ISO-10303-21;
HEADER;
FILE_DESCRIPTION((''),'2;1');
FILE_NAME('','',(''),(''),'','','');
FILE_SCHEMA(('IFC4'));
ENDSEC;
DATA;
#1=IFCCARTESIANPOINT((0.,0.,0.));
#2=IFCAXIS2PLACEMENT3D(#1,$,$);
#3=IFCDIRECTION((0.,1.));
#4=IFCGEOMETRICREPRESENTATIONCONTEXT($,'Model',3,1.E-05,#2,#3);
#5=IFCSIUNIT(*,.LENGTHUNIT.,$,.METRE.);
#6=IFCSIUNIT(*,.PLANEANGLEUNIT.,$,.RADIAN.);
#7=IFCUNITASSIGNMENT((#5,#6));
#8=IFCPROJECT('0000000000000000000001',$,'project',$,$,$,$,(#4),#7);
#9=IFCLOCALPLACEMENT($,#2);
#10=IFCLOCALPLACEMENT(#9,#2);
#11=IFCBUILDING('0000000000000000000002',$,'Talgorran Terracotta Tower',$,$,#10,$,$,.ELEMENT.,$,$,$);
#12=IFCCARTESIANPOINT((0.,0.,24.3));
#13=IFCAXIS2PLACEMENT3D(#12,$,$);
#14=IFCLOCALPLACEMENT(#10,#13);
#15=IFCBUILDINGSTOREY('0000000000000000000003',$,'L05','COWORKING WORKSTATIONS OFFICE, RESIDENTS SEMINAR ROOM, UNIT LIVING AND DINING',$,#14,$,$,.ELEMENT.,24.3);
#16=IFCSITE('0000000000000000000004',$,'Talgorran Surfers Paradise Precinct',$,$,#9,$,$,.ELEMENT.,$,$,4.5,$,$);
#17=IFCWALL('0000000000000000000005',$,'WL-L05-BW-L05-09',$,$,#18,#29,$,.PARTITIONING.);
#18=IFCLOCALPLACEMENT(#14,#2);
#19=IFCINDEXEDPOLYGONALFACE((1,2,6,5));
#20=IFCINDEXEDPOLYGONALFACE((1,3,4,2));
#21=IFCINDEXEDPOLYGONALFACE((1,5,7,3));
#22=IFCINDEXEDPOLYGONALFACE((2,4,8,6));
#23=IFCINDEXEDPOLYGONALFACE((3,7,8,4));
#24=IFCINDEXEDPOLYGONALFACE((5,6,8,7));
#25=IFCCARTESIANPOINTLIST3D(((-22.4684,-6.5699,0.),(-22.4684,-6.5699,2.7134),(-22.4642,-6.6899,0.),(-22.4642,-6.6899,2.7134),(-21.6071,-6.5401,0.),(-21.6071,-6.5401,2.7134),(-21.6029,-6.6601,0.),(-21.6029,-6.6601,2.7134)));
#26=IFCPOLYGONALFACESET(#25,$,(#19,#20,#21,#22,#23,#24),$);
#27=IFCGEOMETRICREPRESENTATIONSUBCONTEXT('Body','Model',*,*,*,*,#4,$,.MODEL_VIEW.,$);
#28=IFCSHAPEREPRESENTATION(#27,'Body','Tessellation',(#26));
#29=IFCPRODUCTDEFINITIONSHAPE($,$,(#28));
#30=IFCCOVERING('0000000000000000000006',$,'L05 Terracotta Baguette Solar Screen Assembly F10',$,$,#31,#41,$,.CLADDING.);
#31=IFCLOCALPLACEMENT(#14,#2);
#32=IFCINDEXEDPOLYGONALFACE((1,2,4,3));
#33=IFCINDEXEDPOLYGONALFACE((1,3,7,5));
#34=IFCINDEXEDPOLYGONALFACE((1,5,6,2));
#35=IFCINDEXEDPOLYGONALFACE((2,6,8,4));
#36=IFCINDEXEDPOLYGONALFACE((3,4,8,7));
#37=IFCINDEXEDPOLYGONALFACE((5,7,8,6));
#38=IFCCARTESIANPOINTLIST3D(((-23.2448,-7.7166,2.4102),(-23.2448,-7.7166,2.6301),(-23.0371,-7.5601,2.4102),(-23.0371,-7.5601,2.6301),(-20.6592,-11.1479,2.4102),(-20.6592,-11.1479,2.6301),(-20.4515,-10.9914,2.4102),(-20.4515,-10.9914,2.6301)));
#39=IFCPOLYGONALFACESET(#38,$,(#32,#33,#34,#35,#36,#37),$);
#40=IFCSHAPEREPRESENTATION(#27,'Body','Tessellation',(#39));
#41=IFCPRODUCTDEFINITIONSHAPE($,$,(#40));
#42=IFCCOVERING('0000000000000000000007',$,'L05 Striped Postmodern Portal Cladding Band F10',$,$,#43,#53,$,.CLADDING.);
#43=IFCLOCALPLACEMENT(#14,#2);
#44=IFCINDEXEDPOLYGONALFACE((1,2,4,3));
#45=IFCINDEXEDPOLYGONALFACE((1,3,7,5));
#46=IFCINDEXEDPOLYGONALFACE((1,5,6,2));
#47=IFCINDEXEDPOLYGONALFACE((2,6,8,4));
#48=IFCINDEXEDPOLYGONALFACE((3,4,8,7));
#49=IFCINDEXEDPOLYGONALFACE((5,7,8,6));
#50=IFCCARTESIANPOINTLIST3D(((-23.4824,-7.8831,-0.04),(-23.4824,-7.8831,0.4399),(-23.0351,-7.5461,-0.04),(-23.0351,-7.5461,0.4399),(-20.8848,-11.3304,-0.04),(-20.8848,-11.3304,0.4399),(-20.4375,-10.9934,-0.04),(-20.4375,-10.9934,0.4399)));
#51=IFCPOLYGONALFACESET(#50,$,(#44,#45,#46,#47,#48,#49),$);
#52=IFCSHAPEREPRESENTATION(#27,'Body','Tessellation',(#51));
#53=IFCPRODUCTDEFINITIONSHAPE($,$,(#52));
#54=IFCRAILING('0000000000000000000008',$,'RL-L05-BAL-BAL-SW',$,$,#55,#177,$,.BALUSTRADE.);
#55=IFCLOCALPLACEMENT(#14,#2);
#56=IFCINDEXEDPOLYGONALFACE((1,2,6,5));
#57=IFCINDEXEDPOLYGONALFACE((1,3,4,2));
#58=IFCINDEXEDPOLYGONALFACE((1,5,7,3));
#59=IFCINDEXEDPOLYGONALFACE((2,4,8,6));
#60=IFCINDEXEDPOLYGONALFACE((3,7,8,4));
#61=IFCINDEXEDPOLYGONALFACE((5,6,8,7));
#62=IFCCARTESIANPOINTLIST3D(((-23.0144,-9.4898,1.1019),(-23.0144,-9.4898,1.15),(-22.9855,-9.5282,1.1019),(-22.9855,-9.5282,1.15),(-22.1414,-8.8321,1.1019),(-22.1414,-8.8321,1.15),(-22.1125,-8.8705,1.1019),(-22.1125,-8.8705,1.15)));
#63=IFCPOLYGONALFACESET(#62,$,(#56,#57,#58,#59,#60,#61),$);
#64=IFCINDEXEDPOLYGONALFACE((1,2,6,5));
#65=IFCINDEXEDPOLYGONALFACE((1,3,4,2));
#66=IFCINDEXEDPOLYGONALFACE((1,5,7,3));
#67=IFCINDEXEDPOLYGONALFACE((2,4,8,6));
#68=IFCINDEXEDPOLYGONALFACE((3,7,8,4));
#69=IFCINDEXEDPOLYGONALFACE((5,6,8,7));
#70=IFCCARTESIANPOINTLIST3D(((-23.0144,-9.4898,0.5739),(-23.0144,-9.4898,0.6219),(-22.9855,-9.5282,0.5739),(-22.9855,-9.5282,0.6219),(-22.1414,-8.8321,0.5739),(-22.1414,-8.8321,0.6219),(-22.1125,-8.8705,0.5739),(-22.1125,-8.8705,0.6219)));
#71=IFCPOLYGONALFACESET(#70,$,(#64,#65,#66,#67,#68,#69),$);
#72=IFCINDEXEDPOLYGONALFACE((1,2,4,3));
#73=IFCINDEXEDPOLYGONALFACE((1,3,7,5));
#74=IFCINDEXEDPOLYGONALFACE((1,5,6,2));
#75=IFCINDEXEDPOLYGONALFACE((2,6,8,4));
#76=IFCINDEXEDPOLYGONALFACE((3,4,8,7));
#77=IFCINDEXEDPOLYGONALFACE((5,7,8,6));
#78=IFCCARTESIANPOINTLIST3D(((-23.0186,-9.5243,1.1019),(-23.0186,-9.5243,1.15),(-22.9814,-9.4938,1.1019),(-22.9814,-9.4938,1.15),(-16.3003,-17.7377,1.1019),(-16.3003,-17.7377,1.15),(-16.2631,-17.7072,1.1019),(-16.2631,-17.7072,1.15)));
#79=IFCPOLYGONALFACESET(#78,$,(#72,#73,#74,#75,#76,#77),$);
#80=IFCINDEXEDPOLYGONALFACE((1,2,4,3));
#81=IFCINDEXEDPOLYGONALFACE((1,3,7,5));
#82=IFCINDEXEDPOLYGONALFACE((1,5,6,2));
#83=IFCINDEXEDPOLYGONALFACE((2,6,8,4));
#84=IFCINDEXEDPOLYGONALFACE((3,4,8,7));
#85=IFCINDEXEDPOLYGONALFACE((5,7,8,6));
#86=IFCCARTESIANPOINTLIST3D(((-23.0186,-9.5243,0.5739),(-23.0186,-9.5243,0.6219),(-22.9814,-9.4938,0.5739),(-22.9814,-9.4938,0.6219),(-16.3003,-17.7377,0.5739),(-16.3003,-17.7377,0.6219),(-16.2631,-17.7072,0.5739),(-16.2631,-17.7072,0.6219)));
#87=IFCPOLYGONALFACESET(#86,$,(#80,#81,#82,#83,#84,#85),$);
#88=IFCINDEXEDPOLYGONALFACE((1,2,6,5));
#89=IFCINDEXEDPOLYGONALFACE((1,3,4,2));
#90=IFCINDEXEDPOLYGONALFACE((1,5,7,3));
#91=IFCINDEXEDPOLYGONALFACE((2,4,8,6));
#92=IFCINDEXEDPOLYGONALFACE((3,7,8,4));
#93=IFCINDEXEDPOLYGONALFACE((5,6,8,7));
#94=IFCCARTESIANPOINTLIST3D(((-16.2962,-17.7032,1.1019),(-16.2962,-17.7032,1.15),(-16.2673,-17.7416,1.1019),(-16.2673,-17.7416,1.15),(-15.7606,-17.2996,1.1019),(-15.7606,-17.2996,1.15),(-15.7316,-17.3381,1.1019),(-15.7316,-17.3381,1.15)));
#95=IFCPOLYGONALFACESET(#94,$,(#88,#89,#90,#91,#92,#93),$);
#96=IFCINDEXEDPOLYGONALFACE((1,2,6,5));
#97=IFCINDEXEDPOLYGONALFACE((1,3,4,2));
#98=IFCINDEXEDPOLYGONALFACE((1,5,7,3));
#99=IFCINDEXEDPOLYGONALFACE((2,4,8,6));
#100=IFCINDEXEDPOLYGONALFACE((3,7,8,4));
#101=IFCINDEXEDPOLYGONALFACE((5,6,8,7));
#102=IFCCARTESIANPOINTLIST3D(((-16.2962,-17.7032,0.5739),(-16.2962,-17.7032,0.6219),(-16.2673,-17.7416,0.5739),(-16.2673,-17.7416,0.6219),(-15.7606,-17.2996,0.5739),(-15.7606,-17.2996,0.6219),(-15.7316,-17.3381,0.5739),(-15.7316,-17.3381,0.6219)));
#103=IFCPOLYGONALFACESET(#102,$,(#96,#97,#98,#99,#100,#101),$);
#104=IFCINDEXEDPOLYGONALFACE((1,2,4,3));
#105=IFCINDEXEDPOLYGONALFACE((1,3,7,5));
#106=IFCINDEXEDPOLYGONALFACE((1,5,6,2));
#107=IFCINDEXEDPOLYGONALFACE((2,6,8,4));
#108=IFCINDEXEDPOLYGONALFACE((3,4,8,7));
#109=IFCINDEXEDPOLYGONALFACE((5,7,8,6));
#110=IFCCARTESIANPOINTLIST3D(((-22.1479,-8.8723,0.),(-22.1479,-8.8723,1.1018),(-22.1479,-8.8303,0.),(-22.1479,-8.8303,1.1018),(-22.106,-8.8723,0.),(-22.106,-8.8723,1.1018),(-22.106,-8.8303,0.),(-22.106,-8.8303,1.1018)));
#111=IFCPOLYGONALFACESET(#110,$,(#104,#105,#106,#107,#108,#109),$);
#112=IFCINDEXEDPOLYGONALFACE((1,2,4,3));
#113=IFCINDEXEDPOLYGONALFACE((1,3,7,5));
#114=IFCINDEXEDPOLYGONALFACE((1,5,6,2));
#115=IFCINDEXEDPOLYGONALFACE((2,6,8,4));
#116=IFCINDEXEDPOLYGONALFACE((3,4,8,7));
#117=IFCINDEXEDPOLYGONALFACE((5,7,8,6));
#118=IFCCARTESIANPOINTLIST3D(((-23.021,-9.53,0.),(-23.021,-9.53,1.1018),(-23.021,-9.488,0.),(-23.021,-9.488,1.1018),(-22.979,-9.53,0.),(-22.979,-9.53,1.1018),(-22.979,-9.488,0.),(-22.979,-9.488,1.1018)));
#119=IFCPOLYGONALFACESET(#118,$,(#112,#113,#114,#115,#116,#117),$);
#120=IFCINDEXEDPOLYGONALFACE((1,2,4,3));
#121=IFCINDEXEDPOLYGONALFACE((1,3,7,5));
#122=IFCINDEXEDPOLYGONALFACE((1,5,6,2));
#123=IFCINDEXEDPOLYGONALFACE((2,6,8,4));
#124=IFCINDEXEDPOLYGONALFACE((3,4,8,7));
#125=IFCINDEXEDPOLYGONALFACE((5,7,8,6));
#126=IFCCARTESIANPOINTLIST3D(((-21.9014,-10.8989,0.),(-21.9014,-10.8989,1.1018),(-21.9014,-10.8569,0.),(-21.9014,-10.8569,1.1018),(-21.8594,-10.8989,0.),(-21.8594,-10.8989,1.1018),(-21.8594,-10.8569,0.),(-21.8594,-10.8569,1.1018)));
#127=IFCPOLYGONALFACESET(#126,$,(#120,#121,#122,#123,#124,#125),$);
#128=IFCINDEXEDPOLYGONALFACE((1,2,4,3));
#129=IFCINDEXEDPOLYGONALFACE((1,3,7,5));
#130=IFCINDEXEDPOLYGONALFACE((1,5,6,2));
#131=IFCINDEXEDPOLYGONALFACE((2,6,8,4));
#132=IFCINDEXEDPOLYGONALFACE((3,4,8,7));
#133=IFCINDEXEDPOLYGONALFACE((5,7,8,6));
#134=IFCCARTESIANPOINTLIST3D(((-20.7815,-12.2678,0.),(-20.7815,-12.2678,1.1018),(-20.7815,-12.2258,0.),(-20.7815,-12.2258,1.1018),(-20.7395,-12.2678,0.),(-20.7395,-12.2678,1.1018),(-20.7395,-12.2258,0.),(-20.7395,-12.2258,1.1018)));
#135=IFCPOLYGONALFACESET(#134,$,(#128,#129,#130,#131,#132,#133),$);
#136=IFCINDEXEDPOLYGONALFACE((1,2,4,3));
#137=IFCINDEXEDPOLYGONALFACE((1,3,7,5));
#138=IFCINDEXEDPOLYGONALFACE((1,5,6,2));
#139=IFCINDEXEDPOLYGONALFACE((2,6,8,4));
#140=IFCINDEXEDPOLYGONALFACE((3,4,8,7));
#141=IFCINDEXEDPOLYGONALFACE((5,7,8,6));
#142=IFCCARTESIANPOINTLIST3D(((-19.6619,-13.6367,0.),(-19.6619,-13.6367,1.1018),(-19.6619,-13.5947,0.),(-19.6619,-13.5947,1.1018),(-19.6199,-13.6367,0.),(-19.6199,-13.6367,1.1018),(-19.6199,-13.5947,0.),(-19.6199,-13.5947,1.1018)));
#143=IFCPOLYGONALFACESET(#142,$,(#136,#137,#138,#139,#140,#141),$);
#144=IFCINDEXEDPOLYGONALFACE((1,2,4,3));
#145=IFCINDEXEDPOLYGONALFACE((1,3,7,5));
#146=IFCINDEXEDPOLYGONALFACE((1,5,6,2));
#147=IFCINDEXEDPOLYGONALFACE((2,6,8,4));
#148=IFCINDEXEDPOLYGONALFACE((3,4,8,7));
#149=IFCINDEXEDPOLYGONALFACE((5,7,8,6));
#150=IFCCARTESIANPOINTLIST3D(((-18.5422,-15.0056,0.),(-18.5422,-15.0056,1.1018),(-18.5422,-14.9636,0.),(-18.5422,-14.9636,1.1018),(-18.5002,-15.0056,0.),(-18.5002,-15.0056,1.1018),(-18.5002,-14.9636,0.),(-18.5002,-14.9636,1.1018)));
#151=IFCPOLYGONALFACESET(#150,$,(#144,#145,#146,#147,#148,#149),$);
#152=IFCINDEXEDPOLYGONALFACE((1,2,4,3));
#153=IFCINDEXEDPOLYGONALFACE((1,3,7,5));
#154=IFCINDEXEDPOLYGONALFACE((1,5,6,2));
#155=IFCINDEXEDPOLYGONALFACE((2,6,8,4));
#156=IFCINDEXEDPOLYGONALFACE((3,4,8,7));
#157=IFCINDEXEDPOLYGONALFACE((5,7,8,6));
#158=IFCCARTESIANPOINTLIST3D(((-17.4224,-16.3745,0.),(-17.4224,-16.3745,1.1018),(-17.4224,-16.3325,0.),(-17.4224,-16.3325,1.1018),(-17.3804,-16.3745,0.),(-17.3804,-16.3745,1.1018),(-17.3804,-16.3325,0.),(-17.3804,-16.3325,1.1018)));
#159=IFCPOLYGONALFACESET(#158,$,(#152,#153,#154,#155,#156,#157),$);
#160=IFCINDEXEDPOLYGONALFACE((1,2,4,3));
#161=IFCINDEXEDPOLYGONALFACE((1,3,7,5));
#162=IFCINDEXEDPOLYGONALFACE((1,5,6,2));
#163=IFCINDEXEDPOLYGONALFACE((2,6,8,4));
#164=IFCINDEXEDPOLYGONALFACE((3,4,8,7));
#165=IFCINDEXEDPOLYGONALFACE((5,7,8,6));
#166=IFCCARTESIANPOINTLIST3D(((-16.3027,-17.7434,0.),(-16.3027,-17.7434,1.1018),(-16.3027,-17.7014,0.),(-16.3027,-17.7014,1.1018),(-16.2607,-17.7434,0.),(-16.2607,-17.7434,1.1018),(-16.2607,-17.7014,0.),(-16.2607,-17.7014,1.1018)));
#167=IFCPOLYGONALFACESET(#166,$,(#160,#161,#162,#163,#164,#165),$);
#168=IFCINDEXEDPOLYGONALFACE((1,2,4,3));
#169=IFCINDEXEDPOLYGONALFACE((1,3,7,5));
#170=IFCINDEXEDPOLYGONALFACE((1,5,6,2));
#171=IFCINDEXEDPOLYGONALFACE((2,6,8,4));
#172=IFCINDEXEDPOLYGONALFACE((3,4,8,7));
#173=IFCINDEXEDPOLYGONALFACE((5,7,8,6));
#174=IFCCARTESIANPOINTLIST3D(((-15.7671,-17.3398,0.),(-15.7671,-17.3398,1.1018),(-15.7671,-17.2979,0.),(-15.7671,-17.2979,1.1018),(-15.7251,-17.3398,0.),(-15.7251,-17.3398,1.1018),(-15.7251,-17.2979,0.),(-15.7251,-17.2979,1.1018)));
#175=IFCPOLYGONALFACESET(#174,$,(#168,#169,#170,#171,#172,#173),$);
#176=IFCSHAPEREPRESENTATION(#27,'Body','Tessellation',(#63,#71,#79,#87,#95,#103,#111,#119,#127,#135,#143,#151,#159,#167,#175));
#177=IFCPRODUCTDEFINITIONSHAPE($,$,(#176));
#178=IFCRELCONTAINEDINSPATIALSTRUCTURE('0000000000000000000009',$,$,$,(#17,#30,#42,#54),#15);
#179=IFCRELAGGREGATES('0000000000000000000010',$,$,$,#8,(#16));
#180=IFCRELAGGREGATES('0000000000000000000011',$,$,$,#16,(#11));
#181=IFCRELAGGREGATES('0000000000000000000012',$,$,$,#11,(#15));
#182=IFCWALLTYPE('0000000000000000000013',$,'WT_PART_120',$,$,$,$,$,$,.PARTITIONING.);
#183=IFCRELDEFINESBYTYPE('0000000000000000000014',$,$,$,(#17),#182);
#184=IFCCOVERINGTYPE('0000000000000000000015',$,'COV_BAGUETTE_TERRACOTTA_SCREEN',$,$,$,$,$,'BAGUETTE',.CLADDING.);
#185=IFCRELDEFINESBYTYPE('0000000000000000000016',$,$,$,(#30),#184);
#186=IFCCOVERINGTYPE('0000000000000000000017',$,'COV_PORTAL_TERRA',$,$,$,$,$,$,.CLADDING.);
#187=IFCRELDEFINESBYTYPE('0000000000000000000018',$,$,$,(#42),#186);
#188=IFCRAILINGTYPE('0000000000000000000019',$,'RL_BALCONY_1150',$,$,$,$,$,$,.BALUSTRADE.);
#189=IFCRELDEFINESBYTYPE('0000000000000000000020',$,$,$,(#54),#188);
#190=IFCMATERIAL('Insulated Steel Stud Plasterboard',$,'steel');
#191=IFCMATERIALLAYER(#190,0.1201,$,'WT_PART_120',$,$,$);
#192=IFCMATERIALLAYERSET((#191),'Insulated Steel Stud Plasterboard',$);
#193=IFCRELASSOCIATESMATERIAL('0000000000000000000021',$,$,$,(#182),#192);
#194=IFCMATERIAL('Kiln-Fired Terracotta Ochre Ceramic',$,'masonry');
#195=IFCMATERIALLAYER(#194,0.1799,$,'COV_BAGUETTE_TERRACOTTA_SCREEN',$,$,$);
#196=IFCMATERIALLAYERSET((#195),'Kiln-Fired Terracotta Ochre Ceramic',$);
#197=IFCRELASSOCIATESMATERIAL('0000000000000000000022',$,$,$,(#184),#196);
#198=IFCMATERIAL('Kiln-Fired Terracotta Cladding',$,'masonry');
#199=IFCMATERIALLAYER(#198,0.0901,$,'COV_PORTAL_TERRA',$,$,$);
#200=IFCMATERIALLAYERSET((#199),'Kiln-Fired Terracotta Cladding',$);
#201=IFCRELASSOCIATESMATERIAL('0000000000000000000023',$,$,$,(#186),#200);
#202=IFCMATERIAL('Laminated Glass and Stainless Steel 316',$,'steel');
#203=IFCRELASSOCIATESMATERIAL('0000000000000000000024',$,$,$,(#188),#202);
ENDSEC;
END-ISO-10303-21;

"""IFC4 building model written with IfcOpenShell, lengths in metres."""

from ifc_helpers import new_model, si_unit, direction, frame, frame_2d, origin, origin_2d, place, context, subcontext, project, spatial, rectangle, extrude, material, layer, layer_set, type_object, element, save


model = new_model("IFC4")

# Units and contexts
model_context = context("Model", 3, precision=1e-05, world=origin(), true_north=direction((0.0, 1.0)))
body_context = subcontext(model_context, "Body", "Model", "MODEL_VIEW")
ifc_project = project(units=[si_unit("LENGTHUNIT", "METRE"), si_unit("PLANEANGLEUNIT", "RADIAN")], contexts=[model_context])

# Site, building, storey
site_placement = place(None, origin())
site = spatial("IfcSite", under=ifc_project, at=site_placement, Name="Talgorran Surfers Paradise Precinct", CompositionType="ELEMENT", RefElevation=4.5)
building_placement = place(site_placement, origin())
building = spatial("IfcBuilding", under=site, at=building_placement, Name="Talgorran Terracotta Tower", CompositionType="ELEMENT")
storey_placement = place(building_placement, frame((0.0, 0.0, 24.3)))
storey = spatial("IfcBuildingStorey", under=building, at=storey_placement, Name="L05", Description="COWORKING WORKSTATIONS OFFICE, RESIDENTS SEMINAR ROOM, UNIT LIVING AND DINING", CompositionType="ELEMENT", Elevation=24.3)

# Wall
ifc_material_1 = material(Name="Insulated Steel Stud Plasterboard", Category="steel")
ifc_layer_1 = layer(ifc_material_1, 0.1201, Name="WT_PART_120")
ifc_layer_set_1 = layer_set([ifc_layer_1], Name="Insulated Steel Stud Plasterboard")
wall_type_1 = type_object("IfcWallType", Name="WT_PART_120", PredefinedType="PARTITIONING", material=ifc_layer_set_1)
wall_1_placement = place(storey_placement, frame((-21.605, -6.6001, 0.0), z_axis=(0.0, 0.0, 1.0), x_axis=(-0.999403, -0.03456, 0.0)))
element("IfcWall", 1, at=wall_1_placement, inside=storey, type_object=wall_type_1, Name="WL-L05-BW-L05-09", PredefinedType="PARTITIONING", context=body_context, shape_type="SweptSolid", body=[
    extrude(rectangle(XDim=0.8618, YDim=0.1201, at=frame_2d((0.4309, 0.0))), origin(), (0.0, 0.0, 1.0), 2.7134),
])

# Coverings
ifc_material_2 = material(Name="Kiln-Fired Terracotta Ochre Ceramic", Category="masonry")
ifc_layer_2 = layer(ifc_material_2, 0.1799, Name="COV_BAGUETTE_TERRACOTTA_SCREEN")
ifc_layer_set_2 = layer_set([ifc_layer_2], Name="Kiln-Fired Terracotta Ochre Ceramic")
covering_type_1 = type_object("IfcCoveringType", Name="COV_BAGUETTE_TERRACOTTA_SCREEN", ElementType="BAGUETTE", PredefinedType="CLADDING", material=ifc_layer_set_2)
covering_1_placement = place(storey_placement, frame((-21.8481, -9.354, 2.4102), z_axis=(0.0, 0.0, 1.0), x_axis=(0.601801, -0.798646, 0.0)))
element("IfcCovering", 2, at=covering_1_placement, inside=storey, type_object=covering_type_1, Name="L05 Terracotta Baguette Solar Screen Assembly F10", PredefinedType="CLADDING", context=body_context, shape_type="SweptSolid", body=[
    extrude(rectangle(XDim=4.2964, YDim=0.26, at=origin_2d()), origin(), (0.0, 0.0, 1.0), 0.22),
])
ifc_material_3 = material(Name="Kiln-Fired Terracotta Cladding", Category="masonry")
ifc_layer_3 = layer(ifc_material_3, 0.0901, Name="COV_PORTAL_TERRA")
ifc_layer_set_3 = layer_set([ifc_layer_3], Name="Kiln-Fired Terracotta Cladding")
covering_type_2 = type_object("IfcCoveringType", Name="COV_PORTAL_TERRA", PredefinedType="CLADDING", material=ifc_layer_set_3)
covering_2_placement = place(storey_placement, frame((-21.96, -9.4382, -0.04), z_axis=(0.0, 0.0, 1.0), x_axis=(0.601801, -0.798646, 0.0)))
element("IfcCovering", 3, at=covering_2_placement, inside=storey, type_object=covering_type_2, Name="L05 Striped Postmodern Portal Cladding Band F10", PredefinedType="CLADDING", context=body_context, shape_type="SweptSolid", body=[
    extrude(rectangle(XDim=4.3164, YDim=0.5601, at=origin_2d()), origin(), (0.0, 0.0, 1.0), 0.48),
])

# Railing
ifc_material_4 = material(Name="Laminated Glass and Stainless Steel 316", Category="steel")
railing_type = type_object("IfcRailingType", Name="RL_BALCONY_1150", PredefinedType="BALUSTRADE", material=ifc_material_4)
railing_placement = place(storey_placement, frame((-22.127, -8.8513, 0.0)))
element("IfcRailing", 4, at=railing_placement, inside=storey, type_object=railing_type, Name="RL-L05-BAL-BAL-SW", PredefinedType="BALUSTRADE", context=body_context, shape_type="SweptSolid", body=[
    extrude(rectangle(XDim=0.0481, YDim=0.0481, at=origin_2d()), frame((0.0, 0.0, 1.126), z_axis=(-0.798712, -0.601714, 0.0), x_axis=(0.601714, -0.798712, 0.0)), (0.0, 0.0, 1.0), 1.093),
    extrude(rectangle(XDim=0.0481, YDim=0.0481, at=origin_2d()), frame((0.0, 0.0, 0.5979), z_axis=(-0.798712, -0.601714, 0.0), x_axis=(0.601714, -0.798712, 0.0)), (0.0, 0.0, 1.0), 1.093),
    extrude(rectangle(XDim=0.0481, YDim=0.0481, at=origin_2d()), frame((-0.873, -0.6577, 1.126), z_axis=(0.633138, -0.774039, 0.0), x_axis=(0.774039, 0.633138, 0.0)), (0.0, 0.0, 1.0), 10.6111),
    extrude(rectangle(XDim=0.0481, YDim=0.0481, at=origin_2d()), frame((-0.873, -0.6577, 0.5979), z_axis=(0.633138, -0.774039, 0.0), x_axis=(0.774039, 0.633138, 0.0)), (0.0, 0.0, 1.0), 10.6111),
    extrude(rectangle(XDim=0.0481, YDim=0.0481, at=origin_2d()), frame((5.8452, -8.8711, 1.126), z_axis=(0.798688, 0.601746, 0.0), x_axis=(-0.601746, 0.798688, 0.0)), (0.0, 0.0, 1.0), 0.6707),
    extrude(rectangle(XDim=0.0481, YDim=0.0481, at=origin_2d()), frame((5.8452, -8.8711, 0.5979), z_axis=(0.798688, 0.601746, 0.0), x_axis=(-0.601746, 0.798688, 0.0)), (0.0, 0.0, 1.0), 0.6707),
    extrude(rectangle(XDim=0.042, YDim=0.042, at=origin_2d()), origin(), (0.0, 0.0, 1.0), 1.1018),
    extrude(rectangle(XDim=0.042, YDim=0.042, at=origin_2d()), frame((-0.873, -0.6577, 0.0)), (0.0, 0.0, 1.0), 1.1018),
    extrude(rectangle(XDim=0.042, YDim=0.042, at=origin_2d()), frame((0.2466, -2.0266, 0.0)), (0.0, 0.0, 1.0), 1.1018),
    extrude(rectangle(XDim=0.042, YDim=0.042, at=origin_2d()), frame((1.3665, -3.3955, 0.0)), (0.0, 0.0, 1.0), 1.1018),
    extrude(rectangle(XDim=0.042, YDim=0.042, at=origin_2d()), frame((2.4861, -4.7644, 0.0)), (0.0, 0.0, 1.0), 1.1018),
    extrude(rectangle(XDim=0.042, YDim=0.042, at=origin_2d()), frame((3.6057, -6.1333, 0.0)), (0.0, 0.0, 1.0), 1.1018),
    extrude(rectangle(XDim=0.042, YDim=0.042, at=origin_2d()), frame((4.7256, -7.5022, 0.0)), (0.0, 0.0, 1.0), 1.1018),
    extrude(rectangle(XDim=0.042, YDim=0.042, at=origin_2d()), frame((5.8452, -8.8711, 0.0)), (0.0, 0.0, 1.0), 1.1018),
    extrude(rectangle(XDim=0.042, YDim=0.042, at=origin_2d()), frame((6.3809, -8.4675, 0.0)), (0.0, 0.0, 1.0), 1.1018),
])

save(model, "model.ifc")
